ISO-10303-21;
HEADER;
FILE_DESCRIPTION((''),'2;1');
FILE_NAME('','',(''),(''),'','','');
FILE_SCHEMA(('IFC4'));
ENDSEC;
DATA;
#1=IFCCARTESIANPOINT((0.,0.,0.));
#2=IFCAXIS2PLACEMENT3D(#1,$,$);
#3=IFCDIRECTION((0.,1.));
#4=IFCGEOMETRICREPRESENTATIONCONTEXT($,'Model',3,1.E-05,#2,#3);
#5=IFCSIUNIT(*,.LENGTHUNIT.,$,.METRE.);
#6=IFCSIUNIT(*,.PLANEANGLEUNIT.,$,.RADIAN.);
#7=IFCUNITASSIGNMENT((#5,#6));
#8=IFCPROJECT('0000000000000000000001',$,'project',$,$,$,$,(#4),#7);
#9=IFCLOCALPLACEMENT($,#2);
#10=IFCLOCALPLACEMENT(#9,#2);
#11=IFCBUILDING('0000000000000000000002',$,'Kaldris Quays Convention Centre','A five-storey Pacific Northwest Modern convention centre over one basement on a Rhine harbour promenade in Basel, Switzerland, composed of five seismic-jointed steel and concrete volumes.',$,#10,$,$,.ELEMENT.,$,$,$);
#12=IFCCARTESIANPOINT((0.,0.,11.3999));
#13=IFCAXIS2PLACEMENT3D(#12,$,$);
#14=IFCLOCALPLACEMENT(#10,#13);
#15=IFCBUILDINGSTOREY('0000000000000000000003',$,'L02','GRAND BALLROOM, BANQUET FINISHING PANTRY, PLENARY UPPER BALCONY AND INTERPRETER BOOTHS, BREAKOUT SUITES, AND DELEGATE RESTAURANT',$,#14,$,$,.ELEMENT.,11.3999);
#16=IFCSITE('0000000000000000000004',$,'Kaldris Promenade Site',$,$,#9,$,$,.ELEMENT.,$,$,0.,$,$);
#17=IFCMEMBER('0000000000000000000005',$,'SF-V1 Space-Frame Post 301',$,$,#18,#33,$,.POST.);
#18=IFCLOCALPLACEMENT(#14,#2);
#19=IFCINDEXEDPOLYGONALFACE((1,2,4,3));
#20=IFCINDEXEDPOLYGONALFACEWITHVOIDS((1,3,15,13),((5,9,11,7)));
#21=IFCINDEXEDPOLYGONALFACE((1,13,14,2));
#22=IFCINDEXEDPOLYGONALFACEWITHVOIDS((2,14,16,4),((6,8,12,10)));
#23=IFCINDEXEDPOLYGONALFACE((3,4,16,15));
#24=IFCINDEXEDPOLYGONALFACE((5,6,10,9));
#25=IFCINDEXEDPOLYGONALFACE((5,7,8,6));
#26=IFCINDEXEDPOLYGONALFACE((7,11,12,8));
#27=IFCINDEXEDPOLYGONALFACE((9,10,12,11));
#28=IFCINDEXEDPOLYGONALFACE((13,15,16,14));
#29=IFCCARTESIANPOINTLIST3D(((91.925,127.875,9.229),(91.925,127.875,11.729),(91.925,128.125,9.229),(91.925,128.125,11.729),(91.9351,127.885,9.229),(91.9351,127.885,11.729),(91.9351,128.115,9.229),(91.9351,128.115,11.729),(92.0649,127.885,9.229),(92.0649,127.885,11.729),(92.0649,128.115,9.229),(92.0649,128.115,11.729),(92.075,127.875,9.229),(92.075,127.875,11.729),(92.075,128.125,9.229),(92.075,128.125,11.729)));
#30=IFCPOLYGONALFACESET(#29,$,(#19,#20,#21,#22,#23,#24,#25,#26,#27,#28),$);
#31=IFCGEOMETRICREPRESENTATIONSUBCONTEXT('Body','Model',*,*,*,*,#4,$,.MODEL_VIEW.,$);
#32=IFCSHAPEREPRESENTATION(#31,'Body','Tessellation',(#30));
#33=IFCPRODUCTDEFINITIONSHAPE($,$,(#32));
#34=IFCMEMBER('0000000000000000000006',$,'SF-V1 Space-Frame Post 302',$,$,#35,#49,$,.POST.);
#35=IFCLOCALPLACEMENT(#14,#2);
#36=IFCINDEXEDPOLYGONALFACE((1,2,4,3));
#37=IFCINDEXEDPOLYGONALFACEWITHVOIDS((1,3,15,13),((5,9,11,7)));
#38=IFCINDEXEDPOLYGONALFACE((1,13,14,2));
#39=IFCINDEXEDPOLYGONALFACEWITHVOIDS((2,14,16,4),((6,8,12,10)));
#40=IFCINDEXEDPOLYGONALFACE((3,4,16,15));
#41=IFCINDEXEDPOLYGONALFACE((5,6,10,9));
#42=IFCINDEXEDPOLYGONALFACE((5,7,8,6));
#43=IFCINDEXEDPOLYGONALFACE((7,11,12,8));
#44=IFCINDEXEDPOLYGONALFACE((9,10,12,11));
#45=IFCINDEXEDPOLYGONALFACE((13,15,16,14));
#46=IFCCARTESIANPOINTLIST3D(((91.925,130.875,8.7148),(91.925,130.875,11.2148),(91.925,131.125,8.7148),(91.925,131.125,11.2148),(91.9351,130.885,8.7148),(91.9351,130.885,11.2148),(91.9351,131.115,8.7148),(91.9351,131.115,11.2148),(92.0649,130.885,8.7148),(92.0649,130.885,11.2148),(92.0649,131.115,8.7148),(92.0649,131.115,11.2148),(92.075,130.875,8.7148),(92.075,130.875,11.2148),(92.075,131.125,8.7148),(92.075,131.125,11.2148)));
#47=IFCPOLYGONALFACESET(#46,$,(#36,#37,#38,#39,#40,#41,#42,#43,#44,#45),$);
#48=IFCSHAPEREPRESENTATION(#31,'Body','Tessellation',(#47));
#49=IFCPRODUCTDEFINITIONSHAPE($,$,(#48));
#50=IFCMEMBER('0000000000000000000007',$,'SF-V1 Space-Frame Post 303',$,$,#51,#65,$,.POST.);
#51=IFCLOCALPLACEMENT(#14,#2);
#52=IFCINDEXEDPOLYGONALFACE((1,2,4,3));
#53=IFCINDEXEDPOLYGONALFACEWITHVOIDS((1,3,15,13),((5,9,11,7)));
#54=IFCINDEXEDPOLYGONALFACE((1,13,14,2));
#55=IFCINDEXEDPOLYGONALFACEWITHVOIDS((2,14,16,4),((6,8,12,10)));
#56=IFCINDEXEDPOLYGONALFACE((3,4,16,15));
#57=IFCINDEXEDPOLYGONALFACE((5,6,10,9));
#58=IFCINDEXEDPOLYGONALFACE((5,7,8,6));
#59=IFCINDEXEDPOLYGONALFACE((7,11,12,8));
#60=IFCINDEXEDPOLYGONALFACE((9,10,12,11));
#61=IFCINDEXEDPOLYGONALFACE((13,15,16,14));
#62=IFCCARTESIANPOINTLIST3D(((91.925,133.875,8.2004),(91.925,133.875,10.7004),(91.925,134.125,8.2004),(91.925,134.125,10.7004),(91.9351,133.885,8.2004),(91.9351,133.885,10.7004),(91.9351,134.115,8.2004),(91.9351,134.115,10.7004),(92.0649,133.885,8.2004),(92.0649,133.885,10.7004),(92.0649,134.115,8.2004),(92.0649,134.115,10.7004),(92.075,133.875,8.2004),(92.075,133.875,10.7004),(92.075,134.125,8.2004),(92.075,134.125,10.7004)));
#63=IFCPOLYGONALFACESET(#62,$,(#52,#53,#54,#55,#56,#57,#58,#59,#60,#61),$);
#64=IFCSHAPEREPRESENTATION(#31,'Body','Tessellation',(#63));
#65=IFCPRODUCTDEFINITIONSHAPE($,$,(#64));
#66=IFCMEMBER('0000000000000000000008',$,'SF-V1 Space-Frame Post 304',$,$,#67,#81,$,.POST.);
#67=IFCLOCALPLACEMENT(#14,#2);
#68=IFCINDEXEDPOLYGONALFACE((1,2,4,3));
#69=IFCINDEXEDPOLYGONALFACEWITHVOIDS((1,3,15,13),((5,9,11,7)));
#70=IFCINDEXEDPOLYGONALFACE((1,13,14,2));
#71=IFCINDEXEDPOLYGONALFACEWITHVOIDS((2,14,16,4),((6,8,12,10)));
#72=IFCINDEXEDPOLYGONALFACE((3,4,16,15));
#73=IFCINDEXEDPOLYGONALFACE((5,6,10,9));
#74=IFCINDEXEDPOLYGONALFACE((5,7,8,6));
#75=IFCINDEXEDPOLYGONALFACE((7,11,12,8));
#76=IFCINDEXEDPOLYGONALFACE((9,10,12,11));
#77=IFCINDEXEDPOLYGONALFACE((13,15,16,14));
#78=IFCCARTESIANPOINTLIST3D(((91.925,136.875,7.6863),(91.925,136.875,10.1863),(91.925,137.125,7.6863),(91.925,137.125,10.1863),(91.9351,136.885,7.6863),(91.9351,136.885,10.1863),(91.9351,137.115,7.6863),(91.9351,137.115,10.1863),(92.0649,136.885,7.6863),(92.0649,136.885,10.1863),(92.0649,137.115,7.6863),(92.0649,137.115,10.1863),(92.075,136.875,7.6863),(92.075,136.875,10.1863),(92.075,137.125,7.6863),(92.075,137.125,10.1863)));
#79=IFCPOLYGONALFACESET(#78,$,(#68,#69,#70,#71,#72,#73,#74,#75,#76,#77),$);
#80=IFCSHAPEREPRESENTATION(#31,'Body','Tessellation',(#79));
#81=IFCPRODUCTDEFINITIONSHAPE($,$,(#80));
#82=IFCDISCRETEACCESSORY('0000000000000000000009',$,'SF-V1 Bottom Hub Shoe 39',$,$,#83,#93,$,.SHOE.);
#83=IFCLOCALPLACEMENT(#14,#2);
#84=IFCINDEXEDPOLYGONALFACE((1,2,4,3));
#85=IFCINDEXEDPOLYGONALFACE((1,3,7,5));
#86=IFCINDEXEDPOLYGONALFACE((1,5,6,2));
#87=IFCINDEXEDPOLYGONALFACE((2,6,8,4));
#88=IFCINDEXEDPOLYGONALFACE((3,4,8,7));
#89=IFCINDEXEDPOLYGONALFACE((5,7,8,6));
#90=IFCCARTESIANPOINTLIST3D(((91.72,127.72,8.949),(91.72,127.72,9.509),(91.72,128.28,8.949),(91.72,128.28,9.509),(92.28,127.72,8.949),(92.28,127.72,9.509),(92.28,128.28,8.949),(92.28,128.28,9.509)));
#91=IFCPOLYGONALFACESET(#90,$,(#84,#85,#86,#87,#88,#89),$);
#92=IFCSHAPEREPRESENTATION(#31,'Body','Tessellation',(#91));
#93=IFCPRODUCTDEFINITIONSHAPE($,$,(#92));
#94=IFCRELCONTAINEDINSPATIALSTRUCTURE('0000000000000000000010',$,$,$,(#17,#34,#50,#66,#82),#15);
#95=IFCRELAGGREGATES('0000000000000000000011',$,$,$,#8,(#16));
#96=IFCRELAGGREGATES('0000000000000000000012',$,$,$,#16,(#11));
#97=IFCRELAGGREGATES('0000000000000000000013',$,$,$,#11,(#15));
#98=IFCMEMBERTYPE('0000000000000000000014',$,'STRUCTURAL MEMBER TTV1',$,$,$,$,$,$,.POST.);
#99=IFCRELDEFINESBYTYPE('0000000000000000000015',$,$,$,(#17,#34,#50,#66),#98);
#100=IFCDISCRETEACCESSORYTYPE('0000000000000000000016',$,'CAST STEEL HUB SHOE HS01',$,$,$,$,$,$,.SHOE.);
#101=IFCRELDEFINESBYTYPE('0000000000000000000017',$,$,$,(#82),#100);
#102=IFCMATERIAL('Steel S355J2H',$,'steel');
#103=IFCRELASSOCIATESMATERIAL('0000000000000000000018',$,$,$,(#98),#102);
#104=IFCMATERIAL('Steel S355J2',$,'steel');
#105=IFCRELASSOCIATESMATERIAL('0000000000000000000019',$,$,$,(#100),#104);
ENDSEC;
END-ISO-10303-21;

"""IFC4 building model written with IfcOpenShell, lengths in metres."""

from ifc_helpers import new_model, si_unit, direction, frame, origin, origin_2d, place, context, subcontext, project, spatial, rectangle, hollow_rectangle, extrude, material, material_profile, profile_set, type_object, element, save


model = new_model("IFC4")

# Units and contexts
model_context = context("Model", 3, precision=1e-05, world=origin(), true_north=direction((0.0, 1.0)))
body_context = subcontext(model_context, "Body", "Model", "MODEL_VIEW")
ifc_project = project(units=[si_unit("LENGTHUNIT", "METRE"), si_unit("PLANEANGLEUNIT", "RADIAN")], contexts=[model_context])

# Site, building, storey
site_placement = place(None, origin())
site = spatial("IfcSite", under=ifc_project, at=site_placement, Name="Kaldris Promenade Site", CompositionType="ELEMENT", RefElevation=0.0)
building_placement = place(site_placement, origin())
building = spatial("IfcBuilding", under=site, at=building_placement, Name="Kaldris Quays Convention Centre", Description="A five-storey Pacific Northwest Modern convention centre over one basement on a Rhine harbour promenade in Basel, Switzerland, composed of five seismic-jointed steel and concrete volumes.", CompositionType="ELEMENT")
storey_placement = place(building_placement, frame((0.0, 0.0, 11.3999)))
storey = spatial("IfcBuildingStorey", under=building, at=storey_placement, Name="L02", Description="GRAND BALLROOM, BANQUET FINISHING PANTRY, PLENARY UPPER BALCONY AND INTERPRETER BOOTHS, BREAKOUT SUITES, AND DELEGATE RESTAURANT", CompositionType="ELEMENT", Elevation=11.3999)

# Members
ifc_material_1 = material(Name="Steel S355J2H", Category="steel")
ifc_material_profile_1 = material_profile(ifc_material_1, hollow_rectangle(XDim=0.1499, YDim=0.25, WallThickness=0.01, at=origin_2d()), Name="RHS 250x150x10")
ifc_profile_set_1 = profile_set([ifc_material_profile_1], Name="Steel S355J2H")
member_type_1 = type_object("IfcMemberType", Name="STRUCTURAL MEMBER TTV1", PredefinedType="POST", material=ifc_profile_set_1)
for number, where, z_axis, x_axis, name in (
    (1, (92.0, 128.0, 9.229), (0.0, 0.0, 1.0), (1.0, 0.0, 0.0), "SF-V1 Space-Frame Post 301"),
    (2, (92.0, 131.0, 8.7148), (0.0, 0.0, 1.0), (1.0, 0.0, 0.0), "SF-V1 Space-Frame Post 302"),
    (3, (92.0, 134.0, 8.2004), (0.0, 0.0, 1.0), (1.0, 0.0, 0.0), "SF-V1 Space-Frame Post 303"),
    (4, (92.0, 137.0, 7.6863), (0.0, 0.0, 1.0), (1.0, 0.0, 0.0), "SF-V1 Space-Frame Post 304"),
):
    element("IfcMember", number, at=place(storey_placement, frame(where, z_axis=z_axis, x_axis=x_axis)), inside=storey, type_object=member_type_1, Name=name, PredefinedType="POST", context=body_context, shape_type="SweptSolid", body=[
        extrude(hollow_rectangle(XDim=0.1499, YDim=0.25, WallThickness=0.01, at=origin_2d()), origin(), (0.0, 0.0, 1.0), 2.5),
    ])

# Discrete accessory
ifc_material_2 = material(Name="Steel S355J2", Category="steel")
discrete_accessory_type = type_object("IfcDiscreteAccessoryType", Name="CAST STEEL HUB SHOE HS01", PredefinedType="SHOE", material=ifc_material_2)
discrete_accessory_placement = place(storey_placement, frame((92.0, 128.0, 8.949), z_axis=(0.0, 0.0, 1.0), x_axis=(1.0, 0.0, 0.0)))
element("IfcDiscreteAccessory", 5, at=discrete_accessory_placement, inside=storey, type_object=discrete_accessory_type, Name="SF-V1 Bottom Hub Shoe 39", PredefinedType="SHOE", context=body_context, shape_type="SweptSolid", body=[
    extrude(rectangle(XDim=0.5601, YDim=0.5601, at=origin_2d()), origin(), (0.0, 0.0, 1.0), 0.5601),
])

save(model, "model.ifc")
